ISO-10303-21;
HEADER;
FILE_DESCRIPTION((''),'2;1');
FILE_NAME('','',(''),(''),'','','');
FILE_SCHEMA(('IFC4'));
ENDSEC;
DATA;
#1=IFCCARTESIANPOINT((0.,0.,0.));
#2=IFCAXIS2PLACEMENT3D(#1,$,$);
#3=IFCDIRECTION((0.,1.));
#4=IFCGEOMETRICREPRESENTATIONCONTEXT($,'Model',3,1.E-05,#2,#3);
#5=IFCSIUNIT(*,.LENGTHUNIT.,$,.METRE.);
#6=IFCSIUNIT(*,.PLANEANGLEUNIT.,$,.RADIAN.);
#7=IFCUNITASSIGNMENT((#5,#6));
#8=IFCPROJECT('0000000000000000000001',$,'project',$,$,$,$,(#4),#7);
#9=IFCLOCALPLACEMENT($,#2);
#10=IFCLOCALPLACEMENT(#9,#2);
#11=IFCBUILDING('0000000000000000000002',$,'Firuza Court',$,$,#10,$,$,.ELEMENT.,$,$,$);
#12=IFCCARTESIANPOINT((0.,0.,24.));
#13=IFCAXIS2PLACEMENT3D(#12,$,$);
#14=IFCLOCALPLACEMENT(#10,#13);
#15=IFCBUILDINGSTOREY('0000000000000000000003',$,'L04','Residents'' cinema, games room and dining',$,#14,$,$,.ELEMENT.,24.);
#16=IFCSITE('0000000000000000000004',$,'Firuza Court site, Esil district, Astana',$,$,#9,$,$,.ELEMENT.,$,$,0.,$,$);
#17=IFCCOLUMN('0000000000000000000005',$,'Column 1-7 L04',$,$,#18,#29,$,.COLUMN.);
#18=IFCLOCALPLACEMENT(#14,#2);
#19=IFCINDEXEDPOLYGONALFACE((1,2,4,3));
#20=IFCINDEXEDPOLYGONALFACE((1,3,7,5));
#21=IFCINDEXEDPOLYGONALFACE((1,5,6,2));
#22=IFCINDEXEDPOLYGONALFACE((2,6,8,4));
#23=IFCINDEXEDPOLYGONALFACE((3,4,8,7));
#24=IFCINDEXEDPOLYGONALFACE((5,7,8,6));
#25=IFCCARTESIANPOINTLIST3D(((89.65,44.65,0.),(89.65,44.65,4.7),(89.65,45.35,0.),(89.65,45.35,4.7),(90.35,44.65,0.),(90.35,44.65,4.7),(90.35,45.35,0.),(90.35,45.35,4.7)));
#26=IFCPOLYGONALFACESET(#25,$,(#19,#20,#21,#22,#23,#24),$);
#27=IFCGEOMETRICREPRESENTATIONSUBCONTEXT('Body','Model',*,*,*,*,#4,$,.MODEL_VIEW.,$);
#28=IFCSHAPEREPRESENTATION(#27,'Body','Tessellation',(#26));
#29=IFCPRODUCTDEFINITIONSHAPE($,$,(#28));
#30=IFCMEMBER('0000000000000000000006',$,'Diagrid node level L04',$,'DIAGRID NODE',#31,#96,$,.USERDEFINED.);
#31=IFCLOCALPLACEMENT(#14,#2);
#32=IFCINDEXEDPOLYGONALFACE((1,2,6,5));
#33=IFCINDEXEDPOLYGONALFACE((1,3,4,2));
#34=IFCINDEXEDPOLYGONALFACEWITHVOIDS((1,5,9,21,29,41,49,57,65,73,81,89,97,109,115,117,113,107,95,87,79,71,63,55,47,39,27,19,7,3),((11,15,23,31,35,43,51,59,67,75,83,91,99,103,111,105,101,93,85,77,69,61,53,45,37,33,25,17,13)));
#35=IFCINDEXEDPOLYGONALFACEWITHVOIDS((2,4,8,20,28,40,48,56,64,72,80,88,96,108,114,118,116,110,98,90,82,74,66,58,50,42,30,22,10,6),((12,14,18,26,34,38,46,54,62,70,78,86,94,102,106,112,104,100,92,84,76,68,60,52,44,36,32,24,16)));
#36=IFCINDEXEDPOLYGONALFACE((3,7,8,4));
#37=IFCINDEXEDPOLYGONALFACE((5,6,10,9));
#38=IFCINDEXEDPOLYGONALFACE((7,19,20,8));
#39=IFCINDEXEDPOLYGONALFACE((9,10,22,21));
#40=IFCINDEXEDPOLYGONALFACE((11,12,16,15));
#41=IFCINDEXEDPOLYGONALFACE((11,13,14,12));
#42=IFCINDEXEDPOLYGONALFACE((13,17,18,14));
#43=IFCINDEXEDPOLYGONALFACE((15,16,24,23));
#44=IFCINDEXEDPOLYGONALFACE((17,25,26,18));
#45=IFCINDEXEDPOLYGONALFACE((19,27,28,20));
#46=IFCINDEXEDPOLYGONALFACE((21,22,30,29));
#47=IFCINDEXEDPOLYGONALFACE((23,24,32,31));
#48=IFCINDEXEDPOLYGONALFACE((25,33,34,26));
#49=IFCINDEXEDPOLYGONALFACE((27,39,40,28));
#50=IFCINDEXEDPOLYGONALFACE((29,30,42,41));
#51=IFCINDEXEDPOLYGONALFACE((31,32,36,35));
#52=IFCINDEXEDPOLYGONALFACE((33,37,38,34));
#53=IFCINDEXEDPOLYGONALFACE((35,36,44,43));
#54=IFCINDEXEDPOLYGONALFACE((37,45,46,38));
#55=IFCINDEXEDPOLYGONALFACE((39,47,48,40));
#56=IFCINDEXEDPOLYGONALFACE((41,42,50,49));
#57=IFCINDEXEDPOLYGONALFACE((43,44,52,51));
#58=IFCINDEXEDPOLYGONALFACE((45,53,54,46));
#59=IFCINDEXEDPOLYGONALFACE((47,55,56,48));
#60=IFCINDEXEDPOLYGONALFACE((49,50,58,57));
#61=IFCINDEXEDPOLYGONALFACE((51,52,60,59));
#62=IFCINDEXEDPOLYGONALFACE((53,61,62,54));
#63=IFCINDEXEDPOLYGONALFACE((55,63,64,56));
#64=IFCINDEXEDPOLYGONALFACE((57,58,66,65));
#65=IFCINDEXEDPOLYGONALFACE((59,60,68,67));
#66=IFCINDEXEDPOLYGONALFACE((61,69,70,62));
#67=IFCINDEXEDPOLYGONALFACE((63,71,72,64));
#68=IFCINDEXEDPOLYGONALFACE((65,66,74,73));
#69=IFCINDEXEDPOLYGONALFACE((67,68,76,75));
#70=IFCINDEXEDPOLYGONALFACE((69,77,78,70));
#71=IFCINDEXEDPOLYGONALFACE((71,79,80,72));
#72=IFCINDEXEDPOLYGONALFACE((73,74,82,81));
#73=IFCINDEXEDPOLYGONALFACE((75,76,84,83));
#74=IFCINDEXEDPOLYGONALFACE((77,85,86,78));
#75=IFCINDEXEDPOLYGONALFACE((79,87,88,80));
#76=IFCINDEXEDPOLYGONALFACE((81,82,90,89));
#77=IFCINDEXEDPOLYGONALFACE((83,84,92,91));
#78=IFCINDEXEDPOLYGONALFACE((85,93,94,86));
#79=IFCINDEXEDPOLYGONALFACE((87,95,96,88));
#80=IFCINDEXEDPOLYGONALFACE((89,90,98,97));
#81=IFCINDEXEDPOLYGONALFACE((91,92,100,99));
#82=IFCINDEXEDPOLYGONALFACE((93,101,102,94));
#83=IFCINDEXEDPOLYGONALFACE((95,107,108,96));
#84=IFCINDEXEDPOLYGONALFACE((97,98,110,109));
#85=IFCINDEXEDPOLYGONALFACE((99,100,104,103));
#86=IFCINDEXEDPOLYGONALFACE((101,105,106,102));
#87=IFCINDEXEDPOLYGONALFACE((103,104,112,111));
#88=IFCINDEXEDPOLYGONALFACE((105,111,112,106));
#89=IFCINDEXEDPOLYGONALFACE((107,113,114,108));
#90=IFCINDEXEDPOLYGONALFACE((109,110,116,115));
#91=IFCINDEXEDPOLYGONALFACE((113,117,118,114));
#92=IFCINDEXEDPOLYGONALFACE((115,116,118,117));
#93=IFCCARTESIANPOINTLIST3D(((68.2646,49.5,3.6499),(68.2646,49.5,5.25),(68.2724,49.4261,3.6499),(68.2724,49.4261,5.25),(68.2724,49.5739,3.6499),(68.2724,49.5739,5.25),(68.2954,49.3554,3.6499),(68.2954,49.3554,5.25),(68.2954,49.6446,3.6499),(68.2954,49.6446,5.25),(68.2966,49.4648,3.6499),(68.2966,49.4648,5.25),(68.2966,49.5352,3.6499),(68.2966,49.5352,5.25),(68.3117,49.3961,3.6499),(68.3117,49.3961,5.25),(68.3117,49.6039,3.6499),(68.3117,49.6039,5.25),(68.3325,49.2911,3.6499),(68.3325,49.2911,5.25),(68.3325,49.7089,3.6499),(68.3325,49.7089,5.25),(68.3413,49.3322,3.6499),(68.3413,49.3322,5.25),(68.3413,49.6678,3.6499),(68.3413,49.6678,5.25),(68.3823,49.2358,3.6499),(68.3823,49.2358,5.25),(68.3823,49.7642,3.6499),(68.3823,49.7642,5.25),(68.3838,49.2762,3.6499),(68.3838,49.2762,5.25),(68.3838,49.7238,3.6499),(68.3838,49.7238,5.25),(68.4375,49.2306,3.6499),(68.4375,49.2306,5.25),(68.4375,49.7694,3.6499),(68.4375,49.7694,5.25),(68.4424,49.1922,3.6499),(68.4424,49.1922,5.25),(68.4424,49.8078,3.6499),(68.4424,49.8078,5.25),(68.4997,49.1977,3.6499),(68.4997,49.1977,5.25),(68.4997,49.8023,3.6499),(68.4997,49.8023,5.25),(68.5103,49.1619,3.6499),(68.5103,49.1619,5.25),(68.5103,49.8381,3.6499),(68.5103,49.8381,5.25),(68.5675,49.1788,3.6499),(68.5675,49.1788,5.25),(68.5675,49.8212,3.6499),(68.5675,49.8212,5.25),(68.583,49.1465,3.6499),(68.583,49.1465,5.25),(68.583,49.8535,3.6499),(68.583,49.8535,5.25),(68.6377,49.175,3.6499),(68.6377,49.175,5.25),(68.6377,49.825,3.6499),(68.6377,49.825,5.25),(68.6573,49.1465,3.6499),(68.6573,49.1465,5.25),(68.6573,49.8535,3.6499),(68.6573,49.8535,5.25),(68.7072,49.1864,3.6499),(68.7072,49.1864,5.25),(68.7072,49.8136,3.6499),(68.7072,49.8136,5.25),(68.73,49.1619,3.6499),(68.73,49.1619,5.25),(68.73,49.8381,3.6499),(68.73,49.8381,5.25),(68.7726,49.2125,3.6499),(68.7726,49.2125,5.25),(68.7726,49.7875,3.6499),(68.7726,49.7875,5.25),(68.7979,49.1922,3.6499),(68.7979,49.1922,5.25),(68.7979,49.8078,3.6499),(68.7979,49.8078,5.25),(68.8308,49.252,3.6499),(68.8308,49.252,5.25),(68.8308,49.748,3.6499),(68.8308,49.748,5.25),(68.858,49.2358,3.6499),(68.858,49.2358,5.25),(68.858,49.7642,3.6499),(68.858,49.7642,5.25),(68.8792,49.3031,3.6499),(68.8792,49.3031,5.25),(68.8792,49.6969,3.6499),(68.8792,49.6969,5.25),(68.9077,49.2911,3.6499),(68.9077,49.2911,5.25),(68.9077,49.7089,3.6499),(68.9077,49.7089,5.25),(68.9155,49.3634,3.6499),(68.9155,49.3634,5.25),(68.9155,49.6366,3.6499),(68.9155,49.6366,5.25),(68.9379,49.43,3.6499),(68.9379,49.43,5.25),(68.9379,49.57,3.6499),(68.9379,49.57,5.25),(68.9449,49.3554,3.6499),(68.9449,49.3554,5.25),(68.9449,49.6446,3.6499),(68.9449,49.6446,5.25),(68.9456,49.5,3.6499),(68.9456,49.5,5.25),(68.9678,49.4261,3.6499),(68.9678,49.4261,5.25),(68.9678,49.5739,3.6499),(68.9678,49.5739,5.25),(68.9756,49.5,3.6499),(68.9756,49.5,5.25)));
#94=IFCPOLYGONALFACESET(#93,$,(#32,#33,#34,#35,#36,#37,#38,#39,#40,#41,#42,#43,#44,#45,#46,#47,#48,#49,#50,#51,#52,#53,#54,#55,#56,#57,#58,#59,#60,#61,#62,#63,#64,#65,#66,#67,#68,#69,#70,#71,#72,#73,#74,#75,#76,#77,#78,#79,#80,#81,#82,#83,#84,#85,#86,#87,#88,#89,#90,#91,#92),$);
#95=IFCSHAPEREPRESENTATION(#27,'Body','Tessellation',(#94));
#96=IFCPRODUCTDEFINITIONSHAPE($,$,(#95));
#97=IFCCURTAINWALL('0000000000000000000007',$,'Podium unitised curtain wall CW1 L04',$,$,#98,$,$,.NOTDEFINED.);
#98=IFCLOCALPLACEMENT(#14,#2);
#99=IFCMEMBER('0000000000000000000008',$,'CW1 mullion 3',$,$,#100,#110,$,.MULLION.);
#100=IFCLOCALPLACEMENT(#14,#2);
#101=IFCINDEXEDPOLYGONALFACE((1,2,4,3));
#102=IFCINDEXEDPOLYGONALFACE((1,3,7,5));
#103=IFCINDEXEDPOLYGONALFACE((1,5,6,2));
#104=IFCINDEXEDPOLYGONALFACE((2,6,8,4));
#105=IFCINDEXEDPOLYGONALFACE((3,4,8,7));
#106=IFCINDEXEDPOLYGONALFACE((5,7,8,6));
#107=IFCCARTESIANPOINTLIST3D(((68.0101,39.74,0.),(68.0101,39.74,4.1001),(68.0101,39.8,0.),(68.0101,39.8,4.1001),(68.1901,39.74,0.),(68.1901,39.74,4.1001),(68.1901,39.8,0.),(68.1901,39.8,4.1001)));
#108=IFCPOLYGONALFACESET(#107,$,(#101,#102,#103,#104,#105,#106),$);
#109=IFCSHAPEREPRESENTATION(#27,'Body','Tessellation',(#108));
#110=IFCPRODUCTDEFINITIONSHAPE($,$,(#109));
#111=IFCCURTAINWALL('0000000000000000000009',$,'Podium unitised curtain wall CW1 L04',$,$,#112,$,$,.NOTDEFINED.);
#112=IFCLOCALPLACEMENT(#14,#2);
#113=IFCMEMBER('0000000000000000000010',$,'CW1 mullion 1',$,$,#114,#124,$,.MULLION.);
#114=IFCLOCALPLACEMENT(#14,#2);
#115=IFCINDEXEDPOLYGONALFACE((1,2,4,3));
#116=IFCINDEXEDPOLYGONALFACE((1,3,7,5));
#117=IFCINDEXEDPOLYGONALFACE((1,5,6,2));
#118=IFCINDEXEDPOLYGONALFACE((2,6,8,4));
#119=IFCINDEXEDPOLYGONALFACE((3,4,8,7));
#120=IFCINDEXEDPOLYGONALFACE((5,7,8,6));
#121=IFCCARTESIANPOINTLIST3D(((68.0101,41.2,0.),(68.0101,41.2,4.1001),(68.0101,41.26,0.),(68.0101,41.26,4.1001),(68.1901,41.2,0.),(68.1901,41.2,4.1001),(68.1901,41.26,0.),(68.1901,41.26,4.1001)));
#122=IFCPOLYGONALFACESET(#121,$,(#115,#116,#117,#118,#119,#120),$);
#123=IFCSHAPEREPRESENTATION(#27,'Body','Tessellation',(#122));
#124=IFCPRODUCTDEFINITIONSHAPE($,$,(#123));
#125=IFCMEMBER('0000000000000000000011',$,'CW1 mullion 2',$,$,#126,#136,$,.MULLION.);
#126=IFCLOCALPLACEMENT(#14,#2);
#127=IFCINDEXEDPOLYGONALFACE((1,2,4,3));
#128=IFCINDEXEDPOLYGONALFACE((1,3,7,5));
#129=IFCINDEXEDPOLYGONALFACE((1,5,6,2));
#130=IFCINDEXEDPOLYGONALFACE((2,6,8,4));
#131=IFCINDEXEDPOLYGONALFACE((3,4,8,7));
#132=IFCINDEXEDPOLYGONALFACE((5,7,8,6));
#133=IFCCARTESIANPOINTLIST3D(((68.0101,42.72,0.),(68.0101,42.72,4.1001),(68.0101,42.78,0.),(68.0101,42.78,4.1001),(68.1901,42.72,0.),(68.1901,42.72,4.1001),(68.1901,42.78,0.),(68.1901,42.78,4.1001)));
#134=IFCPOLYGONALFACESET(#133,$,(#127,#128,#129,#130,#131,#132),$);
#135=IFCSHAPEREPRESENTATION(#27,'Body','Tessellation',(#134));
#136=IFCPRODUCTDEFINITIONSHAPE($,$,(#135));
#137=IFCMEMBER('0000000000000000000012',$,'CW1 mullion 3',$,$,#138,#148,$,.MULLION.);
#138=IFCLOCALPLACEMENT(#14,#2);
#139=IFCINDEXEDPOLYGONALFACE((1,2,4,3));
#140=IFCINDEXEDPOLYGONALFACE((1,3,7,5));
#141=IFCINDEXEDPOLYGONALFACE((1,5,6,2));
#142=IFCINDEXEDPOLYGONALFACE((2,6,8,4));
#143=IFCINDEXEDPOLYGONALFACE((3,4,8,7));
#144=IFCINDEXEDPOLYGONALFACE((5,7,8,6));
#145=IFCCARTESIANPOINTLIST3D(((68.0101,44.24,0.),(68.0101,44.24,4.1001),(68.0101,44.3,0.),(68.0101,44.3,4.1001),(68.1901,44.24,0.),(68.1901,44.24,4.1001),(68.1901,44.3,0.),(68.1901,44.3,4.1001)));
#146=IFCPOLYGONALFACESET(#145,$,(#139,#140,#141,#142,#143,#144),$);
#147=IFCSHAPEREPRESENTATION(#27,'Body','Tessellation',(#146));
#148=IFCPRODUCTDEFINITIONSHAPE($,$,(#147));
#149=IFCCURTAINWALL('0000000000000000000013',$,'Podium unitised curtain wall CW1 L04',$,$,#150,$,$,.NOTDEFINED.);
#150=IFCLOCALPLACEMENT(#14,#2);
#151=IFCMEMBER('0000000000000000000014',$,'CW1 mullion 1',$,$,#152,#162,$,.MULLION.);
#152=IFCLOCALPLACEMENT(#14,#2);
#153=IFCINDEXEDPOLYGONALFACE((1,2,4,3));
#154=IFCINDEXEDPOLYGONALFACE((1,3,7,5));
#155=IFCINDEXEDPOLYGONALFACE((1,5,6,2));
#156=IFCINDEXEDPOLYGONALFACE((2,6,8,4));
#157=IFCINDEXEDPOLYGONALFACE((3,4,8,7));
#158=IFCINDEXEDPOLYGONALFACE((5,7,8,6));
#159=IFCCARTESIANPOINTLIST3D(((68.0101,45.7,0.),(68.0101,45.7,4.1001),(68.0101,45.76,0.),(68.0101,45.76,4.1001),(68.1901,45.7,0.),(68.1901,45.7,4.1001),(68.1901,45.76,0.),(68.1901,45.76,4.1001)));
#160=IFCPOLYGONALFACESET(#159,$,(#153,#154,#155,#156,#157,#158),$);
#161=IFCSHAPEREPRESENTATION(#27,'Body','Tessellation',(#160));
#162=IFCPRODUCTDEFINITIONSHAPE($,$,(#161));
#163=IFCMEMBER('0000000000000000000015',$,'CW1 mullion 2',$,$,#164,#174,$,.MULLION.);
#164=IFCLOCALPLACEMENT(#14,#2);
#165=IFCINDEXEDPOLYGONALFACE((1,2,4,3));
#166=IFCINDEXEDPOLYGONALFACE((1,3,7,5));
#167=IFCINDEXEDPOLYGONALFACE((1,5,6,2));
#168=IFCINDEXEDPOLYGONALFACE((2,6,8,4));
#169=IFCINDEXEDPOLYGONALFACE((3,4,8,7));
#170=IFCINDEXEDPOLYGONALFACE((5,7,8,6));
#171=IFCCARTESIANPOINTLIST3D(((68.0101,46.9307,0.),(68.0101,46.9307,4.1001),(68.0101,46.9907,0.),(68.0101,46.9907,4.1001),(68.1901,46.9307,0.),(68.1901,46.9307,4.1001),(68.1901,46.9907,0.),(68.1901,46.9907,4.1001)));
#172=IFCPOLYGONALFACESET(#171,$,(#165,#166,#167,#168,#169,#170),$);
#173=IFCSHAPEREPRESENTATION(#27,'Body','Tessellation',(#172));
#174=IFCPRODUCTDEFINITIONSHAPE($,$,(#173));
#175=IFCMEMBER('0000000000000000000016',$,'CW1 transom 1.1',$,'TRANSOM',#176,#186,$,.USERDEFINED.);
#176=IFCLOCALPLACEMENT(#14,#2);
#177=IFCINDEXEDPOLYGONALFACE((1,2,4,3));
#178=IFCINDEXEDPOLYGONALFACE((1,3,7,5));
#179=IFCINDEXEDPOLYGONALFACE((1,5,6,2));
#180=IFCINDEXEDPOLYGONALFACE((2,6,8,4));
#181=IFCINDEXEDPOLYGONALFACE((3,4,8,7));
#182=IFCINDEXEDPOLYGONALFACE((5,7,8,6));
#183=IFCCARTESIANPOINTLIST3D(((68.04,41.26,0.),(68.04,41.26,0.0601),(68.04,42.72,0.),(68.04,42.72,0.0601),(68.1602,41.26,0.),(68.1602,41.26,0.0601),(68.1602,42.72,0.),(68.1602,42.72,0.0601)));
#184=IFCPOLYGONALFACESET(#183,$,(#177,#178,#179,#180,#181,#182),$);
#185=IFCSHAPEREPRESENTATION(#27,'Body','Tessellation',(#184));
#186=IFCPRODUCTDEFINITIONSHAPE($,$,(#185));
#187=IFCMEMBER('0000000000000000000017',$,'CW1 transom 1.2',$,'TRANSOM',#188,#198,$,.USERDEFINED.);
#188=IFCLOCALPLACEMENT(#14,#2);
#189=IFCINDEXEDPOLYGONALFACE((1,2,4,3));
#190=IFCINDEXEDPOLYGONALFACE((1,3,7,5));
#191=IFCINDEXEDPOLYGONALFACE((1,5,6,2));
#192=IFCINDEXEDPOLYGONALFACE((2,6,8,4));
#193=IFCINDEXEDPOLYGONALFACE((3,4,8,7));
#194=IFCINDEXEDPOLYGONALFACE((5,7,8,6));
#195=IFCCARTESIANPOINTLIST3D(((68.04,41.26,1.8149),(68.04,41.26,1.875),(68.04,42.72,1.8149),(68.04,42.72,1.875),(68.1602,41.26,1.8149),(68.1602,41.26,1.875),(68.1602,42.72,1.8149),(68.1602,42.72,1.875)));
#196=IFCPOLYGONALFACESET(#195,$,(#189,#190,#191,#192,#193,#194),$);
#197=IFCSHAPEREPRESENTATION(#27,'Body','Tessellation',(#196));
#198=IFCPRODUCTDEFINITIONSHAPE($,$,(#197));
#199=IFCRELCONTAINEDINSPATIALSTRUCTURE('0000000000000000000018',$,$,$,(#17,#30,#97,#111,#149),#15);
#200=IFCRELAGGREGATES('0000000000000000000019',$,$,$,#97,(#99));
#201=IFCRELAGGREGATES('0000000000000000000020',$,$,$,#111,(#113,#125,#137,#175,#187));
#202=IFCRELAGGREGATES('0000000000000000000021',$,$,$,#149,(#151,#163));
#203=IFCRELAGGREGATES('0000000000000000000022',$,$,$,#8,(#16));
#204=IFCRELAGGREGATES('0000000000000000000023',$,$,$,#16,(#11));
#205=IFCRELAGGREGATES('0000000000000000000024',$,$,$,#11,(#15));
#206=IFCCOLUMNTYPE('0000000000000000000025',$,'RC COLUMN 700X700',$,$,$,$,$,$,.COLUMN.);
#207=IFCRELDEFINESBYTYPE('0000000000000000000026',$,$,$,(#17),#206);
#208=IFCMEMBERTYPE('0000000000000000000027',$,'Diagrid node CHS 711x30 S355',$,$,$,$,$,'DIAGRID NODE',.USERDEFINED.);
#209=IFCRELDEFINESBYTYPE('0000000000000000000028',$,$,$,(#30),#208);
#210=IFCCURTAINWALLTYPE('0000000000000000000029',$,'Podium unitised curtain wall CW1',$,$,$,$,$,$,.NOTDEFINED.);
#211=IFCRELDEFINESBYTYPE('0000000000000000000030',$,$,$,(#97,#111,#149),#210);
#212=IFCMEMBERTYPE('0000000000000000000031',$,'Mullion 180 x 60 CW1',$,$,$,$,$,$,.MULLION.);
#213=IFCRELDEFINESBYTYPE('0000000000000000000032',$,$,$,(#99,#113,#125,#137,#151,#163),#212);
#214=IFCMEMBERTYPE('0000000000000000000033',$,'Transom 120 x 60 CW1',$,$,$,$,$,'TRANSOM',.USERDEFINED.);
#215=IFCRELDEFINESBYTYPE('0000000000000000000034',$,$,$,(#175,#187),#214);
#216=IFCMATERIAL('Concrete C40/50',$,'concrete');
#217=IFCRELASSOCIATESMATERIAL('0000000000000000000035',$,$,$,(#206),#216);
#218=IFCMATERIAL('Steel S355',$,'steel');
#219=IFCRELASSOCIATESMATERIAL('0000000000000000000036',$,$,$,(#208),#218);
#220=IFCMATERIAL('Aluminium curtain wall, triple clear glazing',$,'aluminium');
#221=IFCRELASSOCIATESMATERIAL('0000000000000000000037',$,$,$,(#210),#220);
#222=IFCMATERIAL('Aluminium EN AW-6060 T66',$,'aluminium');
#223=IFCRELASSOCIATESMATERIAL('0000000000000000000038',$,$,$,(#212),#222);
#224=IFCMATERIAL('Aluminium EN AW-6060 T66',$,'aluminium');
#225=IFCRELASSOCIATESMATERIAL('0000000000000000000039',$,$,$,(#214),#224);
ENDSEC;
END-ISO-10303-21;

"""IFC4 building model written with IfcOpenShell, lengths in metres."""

from ifc_helpers import new_model, si_unit, direction, frame, origin, origin_2d, place, context, subcontext, project, spatial, rectangle, hollow_circle, extrude, material, material_profile, profile_set, type_object, element, aggregate, save


model = new_model("IFC4")

# Units and contexts
model_context = context("Model", 3, precision=1e-05, world=origin(), true_north=direction((0.0, 1.0)))
body_context = subcontext(model_context, "Body", "Model", "MODEL_VIEW")
ifc_project = project(units=[si_unit("LENGTHUNIT", "METRE"), si_unit("PLANEANGLEUNIT", "RADIAN")], contexts=[model_context])

# Site, building, storey
site_placement = place(None, origin())
site = spatial("IfcSite", under=ifc_project, at=site_placement, Name="Firuza Court site, Esil district, Astana", CompositionType="ELEMENT", RefElevation=0.0)
building_placement = place(site_placement, origin())
building = spatial("IfcBuilding", under=site, at=building_placement, Name="Firuza Court", CompositionType="ELEMENT")
storey_placement = place(building_placement, frame((0.0, 0.0, 24.0)))
storey = spatial("IfcBuildingStorey", under=building, at=storey_placement, Name="L04", Description="Residents' cinema, games room and dining", CompositionType="ELEMENT", Elevation=24.0)

# Column
ifc_material_1 = material(Name="Concrete C40/50", Category="concrete")
ifc_material_profile_1 = material_profile(ifc_material_1, rectangle(XDim=0.7, YDim=0.7, at=origin_2d()), Name="RC 700X700")
ifc_profile_set_1 = profile_set([ifc_material_profile_1], Name="Concrete C40/50")
column_type = type_object("IfcColumnType", Name="RC COLUMN 700X700", PredefinedType="COLUMN", material=ifc_profile_set_1)
column_placement = place(storey_placement, frame((90.0, 45.0, 0.0), z_axis=(0.0, 0.0, 1.0), x_axis=(1.0, 0.0, 0.0)))
element("IfcColumn", 1, at=column_placement, inside=storey, type_object=column_type, Name="Column 1-7 L04", PredefinedType="COLUMN", context=body_context, shape_type="SweptSolid", body=[
    extrude(rectangle(XDim=0.7, YDim=0.7, at=origin_2d()), origin(), (0.0, 0.0, 1.0), 4.7),
])

# Member
ifc_material_2 = material(Name="Steel S355", Category="steel")
ifc_material_profile_2 = material_profile(ifc_material_2, hollow_circle(Radius=0.3555, WallThickness=0.03, at=origin_2d()), Name="CHS 711x30")
ifc_profile_set_2 = profile_set([ifc_material_profile_2], Name="Steel S355")
member_type_1 = type_object("IfcMemberType", Name="Diagrid node CHS 711x30 S355", ElementType="DIAGRID NODE", PredefinedType="USERDEFINED", material=ifc_profile_set_2)
member_1_placement = place(storey_placement, frame((68.6201, 49.5, 3.6499), z_axis=(0.0, 0.0, 1.0), x_axis=(1.0, 0.0, 0.0)))
element("IfcMember", 2, at=member_1_placement, inside=storey, type_object=member_type_1, Name="Diagrid node level L04", ObjectType="DIAGRID NODE", PredefinedType="USERDEFINED", context=body_context, shape_type="SweptSolid", body=[
    extrude(hollow_circle(Radius=0.3555, WallThickness=0.03, at=origin_2d()), origin(), (0.0, 0.0, 1.0), 1.6001),
])

# Curtain wall, member
ifc_material_3 = material(Name="Aluminium curtain wall, triple clear glazing", Category="aluminium")
curtain_wall_type = type_object("IfcCurtainWallType", Name="Podium unitised curtain wall CW1", PredefinedType="NOTDEFINED", material=ifc_material_3)
curtain_wall_1_placement = place(storey_placement, origin())
curtain_wall_1 = element("IfcCurtainWall", 3, at=curtain_wall_1_placement, inside=storey, type_object=curtain_wall_type, Name="Podium unitised curtain wall CW1 L04", PredefinedType="NOTDEFINED")
ifc_material_4 = material(Name="Aluminium EN AW-6060 T66", Category="aluminium")
ifc_material_profile_3 = material_profile(ifc_material_4, rectangle(XDim=0.1799, YDim=0.0601, at=origin_2d()), Name="Mullion 180 x 60 CW1")
ifc_profile_set_3 = profile_set([ifc_material_profile_3], Name="Aluminium EN AW-6060 T66")
member_type_2 = type_object("IfcMemberType", Name="Mullion 180 x 60 CW1", PredefinedType="MULLION", material=ifc_profile_set_3)
member_2_placement = place(storey_placement, frame((68.1001, 39.77, 0.0), z_axis=(0.0, 0.0, 1.0), x_axis=(-1.0, 0.0, 0.0)))
member_2 = element("IfcMember", 4, at=member_2_placement, type_object=member_type_2, Name="CW1 mullion 3", PredefinedType="MULLION", context=body_context, shape_type="SweptSolid", body=[
    extrude(rectangle(XDim=0.1799, YDim=0.0601, at=origin_2d()), origin(), (0.0, 0.0, 1.0), 4.1001),
])
aggregate(curtain_wall_1, [member_2])

# Curtain walls, members
curtain_wall_2_placement = place(storey_placement, origin())
curtain_wall_2 = element("IfcCurtainWall", 5, at=curtain_wall_2_placement, inside=storey, type_object=curtain_wall_type, Name="Podium unitised curtain wall CW1 L04", PredefinedType="NOTDEFINED")
member_3_placement = place(storey_placement, frame((68.1001, 41.23, 0.0), z_axis=(0.0, 0.0, 1.0), x_axis=(-1.0, 0.0, 0.0)))
member_3 = element("IfcMember", 6, at=member_3_placement, type_object=member_type_2, Name="CW1 mullion 1", PredefinedType="MULLION", context=body_context, shape_type="SweptSolid", body=[
    extrude(rectangle(XDim=0.1799, YDim=0.0601, at=origin_2d()), origin(), (0.0, 0.0, 1.0), 4.1001),
])
member_4_placement = place(storey_placement, frame((68.1001, 42.75, 0.0), z_axis=(0.0, 0.0, 1.0), x_axis=(-1.0, 0.0, 0.0)))
member_4 = element("IfcMember", 7, at=member_4_placement, type_object=member_type_2, Name="CW1 mullion 2", PredefinedType="MULLION", context=body_context, shape_type="SweptSolid", body=[
    extrude(rectangle(XDim=0.1799, YDim=0.0601, at=origin_2d()), origin(), (0.0, 0.0, 1.0), 4.1001),
])
member_5_placement = place(storey_placement, frame((68.1001, 44.27, 0.0), z_axis=(0.0, 0.0, 1.0), x_axis=(-1.0, 0.0, 0.0)))
member_5 = element("IfcMember", 8, at=member_5_placement, type_object=member_type_2, Name="CW1 mullion 3", PredefinedType="MULLION", context=body_context, shape_type="SweptSolid", body=[
    extrude(rectangle(XDim=0.1799, YDim=0.0601, at=origin_2d()), origin(), (0.0, 0.0, 1.0), 4.1001),
])
curtain_wall_3_placement = place(storey_placement, origin())
curtain_wall_3 = element("IfcCurtainWall", 9, at=curtain_wall_3_placement, inside=storey, type_object=curtain_wall_type, Name="Podium unitised curtain wall CW1 L04", PredefinedType="NOTDEFINED")
member_6_placement = place(storey_placement, frame((68.1001, 45.73, 0.0), z_axis=(0.0, 0.0, 1.0), x_axis=(-1.0, 0.0, 0.0)))
member_6 = element("IfcMember", 10, at=member_6_placement, type_object=member_type_2, Name="CW1 mullion 1", PredefinedType="MULLION", context=body_context, shape_type="SweptSolid", body=[
    extrude(rectangle(XDim=0.1799, YDim=0.0601, at=origin_2d()), origin(), (0.0, 0.0, 1.0), 4.1001),
])
member_7_placement = place(storey_placement, frame((68.1001, 46.9607, 0.0), z_axis=(0.0, 0.0, 1.0), x_axis=(-1.0, 0.0, 0.0)))
member_7 = element("IfcMember", 11, at=member_7_placement, type_object=member_type_2, Name="CW1 mullion 2", PredefinedType="MULLION", context=body_context, shape_type="SweptSolid", body=[
    extrude(rectangle(XDim=0.1799, YDim=0.0601, at=origin_2d()), origin(), (0.0, 0.0, 1.0), 4.1001),
])

# Members
ifc_material_5 = material(Name="Aluminium EN AW-6060 T66", Category="aluminium")
ifc_material_profile_4 = material_profile(ifc_material_5, rectangle(XDim=0.1201, YDim=0.0601, at=origin_2d()), Name="Transom 120 x 60 CW1")
ifc_profile_set_4 = profile_set([ifc_material_profile_4], Name="Aluminium EN AW-6060 T66")
member_type_3 = type_object("IfcMemberType", Name="Transom 120 x 60 CW1", ElementType="TRANSOM", PredefinedType="USERDEFINED", material=ifc_profile_set_4)
member_8_placement = place(storey_placement, frame((68.1001, 41.26, 0.03), z_axis=(0.0, 1.0, 0.0), x_axis=(-1.0, 0.0, 0.0)))
member_8 = element("IfcMember", 12, at=member_8_placement, type_object=member_type_3, Name="CW1 transom 1.1", ObjectType="TRANSOM", PredefinedType="USERDEFINED", context=body_context, shape_type="SweptSolid", body=[
    extrude(rectangle(XDim=0.1201, YDim=0.0601, at=origin_2d()), origin(), (0.0, 0.0, 1.0), 1.46),
])
member_9_placement = place(storey_placement, frame((68.1001, 41.26, 1.845), z_axis=(0.0, 1.0, 0.0), x_axis=(-1.0, 0.0, 0.0)))
member_9 = element("IfcMember", 13, at=member_9_placement, type_object=member_type_3, Name="CW1 transom 1.2", ObjectType="TRANSOM", PredefinedType="USERDEFINED", context=body_context, shape_type="SweptSolid", body=[
    extrude(rectangle(XDim=0.1201, YDim=0.0601, at=origin_2d()), origin(), (0.0, 0.0, 1.0), 1.46),
])

aggregate(curtain_wall_2, [member_3, member_4, member_5, member_8, member_9])
aggregate(curtain_wall_3, [member_6, member_7])

save(model, "model.ifc")
